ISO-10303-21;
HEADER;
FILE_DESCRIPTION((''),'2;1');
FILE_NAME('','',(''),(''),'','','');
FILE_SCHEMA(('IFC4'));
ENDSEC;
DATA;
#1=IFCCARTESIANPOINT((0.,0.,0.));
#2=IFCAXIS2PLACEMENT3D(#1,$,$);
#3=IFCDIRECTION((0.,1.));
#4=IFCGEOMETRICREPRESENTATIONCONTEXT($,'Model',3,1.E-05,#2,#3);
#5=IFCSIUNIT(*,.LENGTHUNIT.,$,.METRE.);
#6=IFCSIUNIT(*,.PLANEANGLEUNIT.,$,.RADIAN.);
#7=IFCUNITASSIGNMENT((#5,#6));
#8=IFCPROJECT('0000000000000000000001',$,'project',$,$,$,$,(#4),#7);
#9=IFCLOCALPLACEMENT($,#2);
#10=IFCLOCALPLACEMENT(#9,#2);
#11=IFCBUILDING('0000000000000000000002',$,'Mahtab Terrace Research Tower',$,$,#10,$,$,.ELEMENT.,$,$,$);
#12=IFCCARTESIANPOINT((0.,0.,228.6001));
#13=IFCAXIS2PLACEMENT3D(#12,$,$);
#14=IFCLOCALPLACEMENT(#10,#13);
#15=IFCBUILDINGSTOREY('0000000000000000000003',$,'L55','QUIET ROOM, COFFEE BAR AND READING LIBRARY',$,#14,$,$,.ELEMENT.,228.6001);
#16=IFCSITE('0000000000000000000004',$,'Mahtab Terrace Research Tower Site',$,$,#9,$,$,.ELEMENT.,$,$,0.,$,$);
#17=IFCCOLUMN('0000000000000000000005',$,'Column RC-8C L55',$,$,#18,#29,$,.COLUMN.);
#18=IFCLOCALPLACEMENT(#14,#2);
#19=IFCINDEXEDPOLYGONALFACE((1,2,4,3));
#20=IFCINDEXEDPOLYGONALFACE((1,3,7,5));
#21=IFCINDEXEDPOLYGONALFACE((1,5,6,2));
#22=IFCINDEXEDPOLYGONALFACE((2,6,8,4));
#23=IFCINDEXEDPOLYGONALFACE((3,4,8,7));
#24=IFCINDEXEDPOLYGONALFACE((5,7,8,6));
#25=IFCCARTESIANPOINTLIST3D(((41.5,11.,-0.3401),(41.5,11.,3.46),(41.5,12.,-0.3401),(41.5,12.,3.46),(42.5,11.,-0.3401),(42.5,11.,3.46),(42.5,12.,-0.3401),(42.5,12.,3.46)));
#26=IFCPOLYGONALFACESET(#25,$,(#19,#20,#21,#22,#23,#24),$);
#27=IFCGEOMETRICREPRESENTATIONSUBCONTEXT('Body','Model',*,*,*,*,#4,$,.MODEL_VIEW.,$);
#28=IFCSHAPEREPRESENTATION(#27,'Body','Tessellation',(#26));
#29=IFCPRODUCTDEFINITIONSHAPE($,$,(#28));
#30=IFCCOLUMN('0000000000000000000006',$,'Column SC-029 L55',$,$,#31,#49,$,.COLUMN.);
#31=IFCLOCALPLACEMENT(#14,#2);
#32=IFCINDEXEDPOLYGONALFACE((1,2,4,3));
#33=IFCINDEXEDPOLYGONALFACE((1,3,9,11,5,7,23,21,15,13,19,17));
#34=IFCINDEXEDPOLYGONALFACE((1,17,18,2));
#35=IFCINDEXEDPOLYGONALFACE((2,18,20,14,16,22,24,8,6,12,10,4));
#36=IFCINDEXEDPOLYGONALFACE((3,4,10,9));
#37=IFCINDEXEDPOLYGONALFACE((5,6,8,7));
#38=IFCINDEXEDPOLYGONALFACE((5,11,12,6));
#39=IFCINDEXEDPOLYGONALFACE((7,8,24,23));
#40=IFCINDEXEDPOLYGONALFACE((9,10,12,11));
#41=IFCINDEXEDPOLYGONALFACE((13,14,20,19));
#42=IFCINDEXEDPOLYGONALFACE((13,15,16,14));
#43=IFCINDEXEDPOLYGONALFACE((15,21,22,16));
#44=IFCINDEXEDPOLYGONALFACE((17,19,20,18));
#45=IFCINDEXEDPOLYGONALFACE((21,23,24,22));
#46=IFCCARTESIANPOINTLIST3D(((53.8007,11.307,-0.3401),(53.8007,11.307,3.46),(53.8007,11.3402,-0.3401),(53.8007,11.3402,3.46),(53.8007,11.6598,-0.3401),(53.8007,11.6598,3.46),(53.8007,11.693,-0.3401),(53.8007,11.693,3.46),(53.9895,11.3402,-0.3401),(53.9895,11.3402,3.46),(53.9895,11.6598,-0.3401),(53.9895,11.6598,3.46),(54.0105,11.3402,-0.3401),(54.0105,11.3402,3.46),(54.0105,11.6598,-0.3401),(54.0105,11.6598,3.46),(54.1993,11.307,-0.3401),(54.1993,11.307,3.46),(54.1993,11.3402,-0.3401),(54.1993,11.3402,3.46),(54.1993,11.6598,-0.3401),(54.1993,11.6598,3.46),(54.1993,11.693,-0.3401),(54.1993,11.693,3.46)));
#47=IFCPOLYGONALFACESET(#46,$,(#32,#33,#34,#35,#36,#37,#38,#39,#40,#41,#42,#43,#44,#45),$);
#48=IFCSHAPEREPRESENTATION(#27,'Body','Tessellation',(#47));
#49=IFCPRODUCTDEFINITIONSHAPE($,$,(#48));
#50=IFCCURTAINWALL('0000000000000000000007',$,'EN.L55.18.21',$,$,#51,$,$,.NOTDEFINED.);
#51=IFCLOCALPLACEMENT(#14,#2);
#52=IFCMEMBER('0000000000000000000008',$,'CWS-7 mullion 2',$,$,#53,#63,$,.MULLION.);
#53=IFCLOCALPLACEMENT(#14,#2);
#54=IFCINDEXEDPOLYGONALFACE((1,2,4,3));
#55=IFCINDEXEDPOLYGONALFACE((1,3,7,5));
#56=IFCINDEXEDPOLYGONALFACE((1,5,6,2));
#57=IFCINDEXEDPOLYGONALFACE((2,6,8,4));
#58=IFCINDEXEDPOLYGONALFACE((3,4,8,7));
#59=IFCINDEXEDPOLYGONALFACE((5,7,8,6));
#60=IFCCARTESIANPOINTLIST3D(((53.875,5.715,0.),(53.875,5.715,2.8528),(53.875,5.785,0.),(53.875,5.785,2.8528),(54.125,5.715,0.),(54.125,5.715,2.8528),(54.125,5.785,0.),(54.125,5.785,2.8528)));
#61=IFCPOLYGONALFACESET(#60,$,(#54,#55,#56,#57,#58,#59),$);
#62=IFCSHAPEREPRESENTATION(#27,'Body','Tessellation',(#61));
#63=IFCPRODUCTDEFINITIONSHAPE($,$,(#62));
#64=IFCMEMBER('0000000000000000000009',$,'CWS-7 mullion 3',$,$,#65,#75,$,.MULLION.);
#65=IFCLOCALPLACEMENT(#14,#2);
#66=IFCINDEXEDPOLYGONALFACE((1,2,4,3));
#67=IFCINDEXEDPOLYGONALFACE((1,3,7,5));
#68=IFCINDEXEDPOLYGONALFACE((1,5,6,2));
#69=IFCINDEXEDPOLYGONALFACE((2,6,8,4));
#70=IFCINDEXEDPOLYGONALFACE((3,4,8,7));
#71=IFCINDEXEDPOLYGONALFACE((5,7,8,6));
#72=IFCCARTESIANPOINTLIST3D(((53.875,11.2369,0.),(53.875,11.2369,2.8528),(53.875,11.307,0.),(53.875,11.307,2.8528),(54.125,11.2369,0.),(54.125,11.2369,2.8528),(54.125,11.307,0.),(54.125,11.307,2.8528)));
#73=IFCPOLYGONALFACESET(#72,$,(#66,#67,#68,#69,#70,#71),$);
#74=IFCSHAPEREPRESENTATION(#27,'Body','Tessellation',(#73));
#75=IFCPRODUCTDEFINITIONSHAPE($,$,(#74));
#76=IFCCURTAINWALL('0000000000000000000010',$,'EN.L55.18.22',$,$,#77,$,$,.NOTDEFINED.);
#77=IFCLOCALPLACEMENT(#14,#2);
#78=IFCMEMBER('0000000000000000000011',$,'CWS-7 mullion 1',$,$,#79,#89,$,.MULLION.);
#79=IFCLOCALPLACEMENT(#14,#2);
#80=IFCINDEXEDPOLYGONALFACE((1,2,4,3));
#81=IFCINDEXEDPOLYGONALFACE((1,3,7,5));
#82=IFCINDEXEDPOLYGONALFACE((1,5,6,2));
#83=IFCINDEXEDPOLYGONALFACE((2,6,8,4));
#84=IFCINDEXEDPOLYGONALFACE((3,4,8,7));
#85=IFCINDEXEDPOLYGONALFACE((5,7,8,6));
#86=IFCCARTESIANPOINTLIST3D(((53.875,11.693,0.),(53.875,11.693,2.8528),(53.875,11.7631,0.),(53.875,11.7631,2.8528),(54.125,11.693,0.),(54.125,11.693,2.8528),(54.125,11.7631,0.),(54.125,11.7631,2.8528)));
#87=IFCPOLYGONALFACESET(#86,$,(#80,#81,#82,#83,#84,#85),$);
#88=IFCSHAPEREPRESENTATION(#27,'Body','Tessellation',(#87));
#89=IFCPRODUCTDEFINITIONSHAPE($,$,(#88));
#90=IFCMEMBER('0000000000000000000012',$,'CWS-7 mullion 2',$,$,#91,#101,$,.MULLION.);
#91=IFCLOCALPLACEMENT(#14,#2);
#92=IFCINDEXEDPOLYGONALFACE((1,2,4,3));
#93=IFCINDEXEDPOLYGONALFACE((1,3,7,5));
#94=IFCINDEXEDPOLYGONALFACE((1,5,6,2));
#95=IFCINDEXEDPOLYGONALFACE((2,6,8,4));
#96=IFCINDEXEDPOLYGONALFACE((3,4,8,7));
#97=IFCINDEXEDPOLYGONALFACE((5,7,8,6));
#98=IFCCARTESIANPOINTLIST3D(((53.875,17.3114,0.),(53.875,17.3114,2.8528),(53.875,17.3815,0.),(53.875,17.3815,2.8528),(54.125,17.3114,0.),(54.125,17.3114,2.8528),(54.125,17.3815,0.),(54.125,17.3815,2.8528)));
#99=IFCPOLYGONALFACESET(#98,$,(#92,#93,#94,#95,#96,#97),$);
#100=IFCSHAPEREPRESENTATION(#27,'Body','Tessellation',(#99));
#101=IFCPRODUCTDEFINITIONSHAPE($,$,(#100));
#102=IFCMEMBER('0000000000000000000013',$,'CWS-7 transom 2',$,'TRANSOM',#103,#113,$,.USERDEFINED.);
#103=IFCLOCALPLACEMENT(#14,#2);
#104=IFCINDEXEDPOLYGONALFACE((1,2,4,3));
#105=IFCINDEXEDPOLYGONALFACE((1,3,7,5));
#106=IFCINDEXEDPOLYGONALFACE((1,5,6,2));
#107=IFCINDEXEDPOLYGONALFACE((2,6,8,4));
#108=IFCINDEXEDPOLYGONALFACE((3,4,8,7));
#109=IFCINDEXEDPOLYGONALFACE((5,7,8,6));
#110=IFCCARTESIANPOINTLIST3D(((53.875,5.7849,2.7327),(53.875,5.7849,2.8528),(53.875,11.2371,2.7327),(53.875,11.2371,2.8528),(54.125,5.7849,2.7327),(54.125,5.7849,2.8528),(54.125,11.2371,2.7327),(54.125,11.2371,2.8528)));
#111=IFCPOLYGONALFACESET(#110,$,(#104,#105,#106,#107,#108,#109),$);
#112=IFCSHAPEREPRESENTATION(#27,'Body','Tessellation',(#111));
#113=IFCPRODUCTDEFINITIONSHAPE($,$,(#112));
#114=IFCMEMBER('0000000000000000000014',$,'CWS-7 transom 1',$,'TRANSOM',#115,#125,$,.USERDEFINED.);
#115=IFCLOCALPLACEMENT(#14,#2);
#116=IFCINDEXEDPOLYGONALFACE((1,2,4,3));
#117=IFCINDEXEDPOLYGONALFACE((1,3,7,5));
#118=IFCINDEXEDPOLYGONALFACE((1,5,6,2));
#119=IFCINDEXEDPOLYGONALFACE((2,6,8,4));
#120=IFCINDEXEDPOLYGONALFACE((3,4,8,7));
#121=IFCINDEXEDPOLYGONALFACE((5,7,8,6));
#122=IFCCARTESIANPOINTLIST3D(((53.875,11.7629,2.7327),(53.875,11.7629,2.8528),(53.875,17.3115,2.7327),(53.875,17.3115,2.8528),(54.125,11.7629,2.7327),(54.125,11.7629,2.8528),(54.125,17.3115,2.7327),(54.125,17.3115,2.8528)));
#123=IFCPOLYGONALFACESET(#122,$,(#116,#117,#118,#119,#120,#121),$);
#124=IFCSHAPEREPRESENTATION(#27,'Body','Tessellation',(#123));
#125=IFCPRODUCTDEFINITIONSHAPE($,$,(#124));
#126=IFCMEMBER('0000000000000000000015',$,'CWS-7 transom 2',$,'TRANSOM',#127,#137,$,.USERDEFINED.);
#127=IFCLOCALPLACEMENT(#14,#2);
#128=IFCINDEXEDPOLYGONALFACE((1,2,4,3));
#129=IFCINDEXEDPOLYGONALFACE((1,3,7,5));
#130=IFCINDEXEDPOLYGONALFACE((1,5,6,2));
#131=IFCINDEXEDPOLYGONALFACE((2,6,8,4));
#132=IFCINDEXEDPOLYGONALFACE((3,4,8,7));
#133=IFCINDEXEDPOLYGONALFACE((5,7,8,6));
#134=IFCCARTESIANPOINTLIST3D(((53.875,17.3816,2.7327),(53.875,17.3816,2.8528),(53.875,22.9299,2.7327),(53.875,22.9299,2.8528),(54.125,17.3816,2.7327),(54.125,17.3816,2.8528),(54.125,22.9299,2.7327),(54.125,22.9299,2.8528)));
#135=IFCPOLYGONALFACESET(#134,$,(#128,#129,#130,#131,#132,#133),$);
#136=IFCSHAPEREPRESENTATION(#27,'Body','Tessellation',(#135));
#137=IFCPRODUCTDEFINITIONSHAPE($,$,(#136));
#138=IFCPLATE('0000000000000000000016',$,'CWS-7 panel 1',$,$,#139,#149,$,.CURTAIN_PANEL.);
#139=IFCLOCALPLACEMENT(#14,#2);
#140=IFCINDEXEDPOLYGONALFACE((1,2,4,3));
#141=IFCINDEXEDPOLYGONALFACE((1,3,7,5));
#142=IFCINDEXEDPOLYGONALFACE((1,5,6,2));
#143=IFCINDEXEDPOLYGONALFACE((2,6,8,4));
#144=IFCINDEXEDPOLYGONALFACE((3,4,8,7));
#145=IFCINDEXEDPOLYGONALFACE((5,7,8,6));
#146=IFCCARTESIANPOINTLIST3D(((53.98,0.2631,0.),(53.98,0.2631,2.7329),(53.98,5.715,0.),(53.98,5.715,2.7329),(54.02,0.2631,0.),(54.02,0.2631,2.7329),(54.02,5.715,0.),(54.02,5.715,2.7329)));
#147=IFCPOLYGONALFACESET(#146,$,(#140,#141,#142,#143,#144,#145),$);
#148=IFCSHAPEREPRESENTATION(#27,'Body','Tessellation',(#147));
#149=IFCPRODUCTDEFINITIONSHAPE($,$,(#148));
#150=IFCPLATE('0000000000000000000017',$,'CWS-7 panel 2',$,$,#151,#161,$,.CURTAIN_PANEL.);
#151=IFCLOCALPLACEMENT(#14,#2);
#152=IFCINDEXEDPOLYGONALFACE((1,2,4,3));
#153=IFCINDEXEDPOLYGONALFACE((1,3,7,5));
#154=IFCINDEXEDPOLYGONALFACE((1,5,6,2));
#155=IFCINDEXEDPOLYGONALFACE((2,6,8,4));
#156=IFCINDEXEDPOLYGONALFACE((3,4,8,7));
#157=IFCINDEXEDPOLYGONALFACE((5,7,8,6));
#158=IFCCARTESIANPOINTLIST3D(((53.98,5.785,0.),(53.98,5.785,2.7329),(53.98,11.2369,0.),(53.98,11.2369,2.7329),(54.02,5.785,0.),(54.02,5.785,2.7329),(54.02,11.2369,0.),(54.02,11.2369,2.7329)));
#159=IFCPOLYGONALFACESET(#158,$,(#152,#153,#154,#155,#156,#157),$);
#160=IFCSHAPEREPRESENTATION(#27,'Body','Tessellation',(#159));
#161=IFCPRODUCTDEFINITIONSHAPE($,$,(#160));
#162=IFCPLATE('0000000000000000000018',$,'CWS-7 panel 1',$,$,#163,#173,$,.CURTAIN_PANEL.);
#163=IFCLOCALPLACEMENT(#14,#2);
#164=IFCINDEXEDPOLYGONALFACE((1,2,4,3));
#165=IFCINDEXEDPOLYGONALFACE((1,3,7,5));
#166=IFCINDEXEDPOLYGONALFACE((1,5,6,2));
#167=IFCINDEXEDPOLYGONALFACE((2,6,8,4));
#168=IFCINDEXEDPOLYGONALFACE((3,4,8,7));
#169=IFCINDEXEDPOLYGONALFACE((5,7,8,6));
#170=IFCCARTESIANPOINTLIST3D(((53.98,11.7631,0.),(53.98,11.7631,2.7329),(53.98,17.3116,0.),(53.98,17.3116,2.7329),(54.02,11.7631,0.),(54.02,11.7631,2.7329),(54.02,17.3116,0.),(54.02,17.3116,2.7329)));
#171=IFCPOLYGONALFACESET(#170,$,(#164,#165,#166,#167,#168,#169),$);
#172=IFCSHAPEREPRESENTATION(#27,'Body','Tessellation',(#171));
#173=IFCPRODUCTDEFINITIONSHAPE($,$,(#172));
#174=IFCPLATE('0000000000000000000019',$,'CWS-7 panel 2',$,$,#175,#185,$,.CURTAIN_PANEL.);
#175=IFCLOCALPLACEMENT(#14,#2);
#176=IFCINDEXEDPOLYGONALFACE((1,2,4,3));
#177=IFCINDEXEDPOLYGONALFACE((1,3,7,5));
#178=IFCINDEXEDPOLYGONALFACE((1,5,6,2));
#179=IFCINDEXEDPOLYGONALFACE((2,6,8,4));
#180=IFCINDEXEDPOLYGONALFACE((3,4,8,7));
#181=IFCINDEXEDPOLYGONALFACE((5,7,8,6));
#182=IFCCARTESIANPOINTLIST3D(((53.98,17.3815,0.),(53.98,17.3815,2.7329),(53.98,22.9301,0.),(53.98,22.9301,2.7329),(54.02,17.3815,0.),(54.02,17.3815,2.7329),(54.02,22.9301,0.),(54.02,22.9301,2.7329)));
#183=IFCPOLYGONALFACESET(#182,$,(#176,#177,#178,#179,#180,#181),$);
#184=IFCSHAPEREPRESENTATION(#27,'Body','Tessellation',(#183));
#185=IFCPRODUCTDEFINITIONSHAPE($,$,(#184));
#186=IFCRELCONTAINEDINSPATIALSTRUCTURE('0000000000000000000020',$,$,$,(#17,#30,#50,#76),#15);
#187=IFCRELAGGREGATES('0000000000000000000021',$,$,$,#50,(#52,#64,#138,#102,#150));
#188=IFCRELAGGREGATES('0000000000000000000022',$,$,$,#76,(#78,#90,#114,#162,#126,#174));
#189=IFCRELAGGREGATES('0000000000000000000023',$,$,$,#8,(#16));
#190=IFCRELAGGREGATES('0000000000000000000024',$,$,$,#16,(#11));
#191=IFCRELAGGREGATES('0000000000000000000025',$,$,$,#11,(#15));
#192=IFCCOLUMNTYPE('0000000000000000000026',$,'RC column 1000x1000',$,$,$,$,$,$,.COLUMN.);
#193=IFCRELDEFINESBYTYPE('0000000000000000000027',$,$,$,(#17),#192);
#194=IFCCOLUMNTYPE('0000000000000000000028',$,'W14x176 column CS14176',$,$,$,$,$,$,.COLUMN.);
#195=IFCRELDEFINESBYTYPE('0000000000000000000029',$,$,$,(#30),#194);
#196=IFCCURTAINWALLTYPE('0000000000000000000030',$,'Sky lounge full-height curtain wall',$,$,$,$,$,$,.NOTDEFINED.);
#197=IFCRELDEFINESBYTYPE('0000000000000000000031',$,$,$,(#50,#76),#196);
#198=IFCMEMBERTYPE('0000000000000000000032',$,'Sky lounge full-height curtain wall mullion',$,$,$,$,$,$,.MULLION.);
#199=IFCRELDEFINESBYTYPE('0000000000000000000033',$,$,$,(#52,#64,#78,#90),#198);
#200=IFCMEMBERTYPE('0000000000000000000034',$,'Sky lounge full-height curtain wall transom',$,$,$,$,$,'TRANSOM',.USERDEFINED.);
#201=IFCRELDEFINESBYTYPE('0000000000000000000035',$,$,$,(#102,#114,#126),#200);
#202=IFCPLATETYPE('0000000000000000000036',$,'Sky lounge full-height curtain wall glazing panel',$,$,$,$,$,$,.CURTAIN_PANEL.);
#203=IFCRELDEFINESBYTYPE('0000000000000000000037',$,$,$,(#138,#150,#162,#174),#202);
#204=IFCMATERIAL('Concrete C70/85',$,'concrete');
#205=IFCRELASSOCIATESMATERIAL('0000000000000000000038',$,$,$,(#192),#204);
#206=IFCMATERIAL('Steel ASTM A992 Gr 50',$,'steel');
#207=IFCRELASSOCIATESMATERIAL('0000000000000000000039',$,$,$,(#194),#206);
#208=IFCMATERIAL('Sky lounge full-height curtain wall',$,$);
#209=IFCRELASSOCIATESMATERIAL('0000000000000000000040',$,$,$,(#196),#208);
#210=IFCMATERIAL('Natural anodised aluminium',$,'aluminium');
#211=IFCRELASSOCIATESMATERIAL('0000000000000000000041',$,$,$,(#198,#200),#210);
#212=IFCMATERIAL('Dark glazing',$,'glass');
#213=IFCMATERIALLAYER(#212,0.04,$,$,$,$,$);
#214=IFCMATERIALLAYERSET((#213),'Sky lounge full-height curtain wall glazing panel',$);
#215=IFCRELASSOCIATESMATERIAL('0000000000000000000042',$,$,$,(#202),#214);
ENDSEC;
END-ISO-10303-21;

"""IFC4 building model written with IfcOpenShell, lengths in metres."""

from ifc_helpers import new_model, si_unit, direction, frame, origin, origin_2d, place, context, subcontext, project, spatial, rectangle, i_section, extrude, material, layer, layer_set, material_profile, profile_set, type_object, element, aggregate, save


model = new_model("IFC4")

# Units and contexts
model_context = context("Model", 3, precision=1e-05, world=origin(), true_north=direction((0.0, 1.0)))
body_context = subcontext(model_context, "Body", "Model", "MODEL_VIEW")
ifc_project = project(units=[si_unit("LENGTHUNIT", "METRE"), si_unit("PLANEANGLEUNIT", "RADIAN")], contexts=[model_context])

# Site, building, storey
site_placement = place(None, origin())
site = spatial("IfcSite", under=ifc_project, at=site_placement, Name="Mahtab Terrace Research Tower Site", CompositionType="ELEMENT", RefElevation=0.0)
building_placement = place(site_placement, origin())
building = spatial("IfcBuilding", under=site, at=building_placement, Name="Mahtab Terrace Research Tower", CompositionType="ELEMENT")
storey_placement = place(building_placement, frame((0.0, 0.0, 228.6001)))
storey = spatial("IfcBuildingStorey", under=building, at=storey_placement, Name="L55", Description="QUIET ROOM, COFFEE BAR AND READING LIBRARY", CompositionType="ELEMENT", Elevation=228.6001)

# Columns
ifc_material_1 = material(Name="Concrete C70/85", Category="concrete")
ifc_material_profile_1 = material_profile(ifc_material_1, rectangle(XDim=1.0, YDim=1.0, at=origin_2d()), Name="RC column 1000x1000")
ifc_profile_set_1 = profile_set([ifc_material_profile_1], Name="Concrete C70/85")
column_type_1 = type_object("IfcColumnType", Name="RC column 1000x1000", PredefinedType="COLUMN", material=ifc_profile_set_1)
column_1_placement = place(storey_placement, frame((42.0, 11.5, -0.3401), z_axis=(0.0, 0.0, 1.0), x_axis=(1.0, 0.0, 0.0)))
element("IfcColumn", 1, at=column_1_placement, inside=storey, type_object=column_type_1, Name="Column RC-8C L55", PredefinedType="COLUMN", context=body_context, shape_type="SweptSolid", body=[
    extrude(rectangle(XDim=1.0, YDim=1.0, at=origin_2d()), origin(), (0.0, 0.0, 1.0), 3.8),
])
ifc_material_2 = material(Name="Steel ASTM A992 Gr 50", Category="steel")
ifc_material_profile_2 = material_profile(ifc_material_2, i_section(OverallWidth=0.3987, OverallDepth=0.386, WebThickness=0.021, FlangeThickness=0.0332, at=origin_2d()), Name="W14X176")
ifc_profile_set_2 = profile_set([ifc_material_profile_2], Name="Steel ASTM A992 Gr 50")
column_type_2 = type_object("IfcColumnType", Name="W14x176 column CS14176", PredefinedType="COLUMN", material=ifc_profile_set_2)
column_2_placement = place(storey_placement, frame((54.0, 11.5, -0.3401), z_axis=(0.0, 0.0, 1.0), x_axis=(1.0, 0.0, 0.0)))
element("IfcColumn", 2, at=column_2_placement, inside=storey, type_object=column_type_2, Name="Column SC-029 L55", PredefinedType="COLUMN", context=body_context, shape_type="SweptSolid", body=[
    extrude(i_section(OverallWidth=0.3987, OverallDepth=0.386, WebThickness=0.021, FlangeThickness=0.0332, at=origin_2d()), origin(), (0.0, 0.0, 1.0), 3.8),
])

# Curtain walls, members
ifc_material_3 = material(Name="Sky lounge full-height curtain wall")
curtain_wall_type = type_object("IfcCurtainWallType", Name="Sky lounge full-height curtain wall", PredefinedType="NOTDEFINED", material=ifc_material_3)
curtain_wall_1_placement = place(storey_placement, origin())
curtain_wall_1 = element("IfcCurtainWall", 3, at=curtain_wall_1_placement, inside=storey, type_object=curtain_wall_type, Name="EN.L55.18.21", PredefinedType="NOTDEFINED")
ifc_material_4 = material(Name="Natural anodised aluminium", Category="aluminium")
ifc_material_profile_3 = material_profile(ifc_material_4, rectangle(XDim=0.25, YDim=0.0701, at=origin_2d()), Name="MULLION 70x250")
ifc_profile_set_3 = profile_set([ifc_material_profile_3], Name="Natural anodised aluminium")
member_type_1 = type_object("IfcMemberType", Name="Sky lounge full-height curtain wall mullion", PredefinedType="MULLION", material=ifc_profile_set_3)
member_1_placement = place(storey_placement, frame((54.0, 5.75, 0.0), z_axis=(0.0, 0.0, 1.0), x_axis=(-1.0, 0.0, 0.0)))
member_1 = element("IfcMember", 4, at=member_1_placement, type_object=member_type_1, Name="CWS-7 mullion 2", PredefinedType="MULLION", context=body_context, shape_type="SweptSolid", body=[
    extrude(rectangle(XDim=0.25, YDim=0.0701, at=origin_2d()), origin(), (0.0, 0.0, 1.0), 2.8528),
])
member_2_placement = place(storey_placement, frame((54.0, 11.272, 0.0), z_axis=(0.0, 0.0, 1.0), x_axis=(-1.0, 0.0, 0.0)))
member_2 = element("IfcMember", 5, at=member_2_placement, type_object=member_type_1, Name="CWS-7 mullion 3", PredefinedType="MULLION", context=body_context, shape_type="SweptSolid", body=[
    extrude(rectangle(XDim=0.25, YDim=0.0701, at=origin_2d()), origin(), (0.0, 0.0, 1.0), 2.8528),
])
curtain_wall_2_placement = place(storey_placement, origin())
curtain_wall_2 = element("IfcCurtainWall", 6, at=curtain_wall_2_placement, inside=storey, type_object=curtain_wall_type, Name="EN.L55.18.22", PredefinedType="NOTDEFINED")
member_3_placement = place(storey_placement, frame((54.0, 11.728, 0.0), z_axis=(0.0, 0.0, 1.0), x_axis=(-1.0, 0.0, 0.0)))
member_3 = element("IfcMember", 7, at=member_3_placement, type_object=member_type_1, Name="CWS-7 mullion 1", PredefinedType="MULLION", context=body_context, shape_type="SweptSolid", body=[
    extrude(rectangle(XDim=0.25, YDim=0.0701, at=origin_2d()), origin(), (0.0, 0.0, 1.0), 2.8528),
])
member_4_placement = place(storey_placement, frame((54.0, 17.3464, 0.0), z_axis=(0.0, 0.0, 1.0), x_axis=(-1.0, 0.0, 0.0)))
member_4 = element("IfcMember", 8, at=member_4_placement, type_object=member_type_1, Name="CWS-7 mullion 2", PredefinedType="MULLION", context=body_context, shape_type="SweptSolid", body=[
    extrude(rectangle(XDim=0.25, YDim=0.0701, at=origin_2d()), origin(), (0.0, 0.0, 1.0), 2.8528),
])

# Members
ifc_material_profile_4 = material_profile(ifc_material_4, rectangle(XDim=0.25, YDim=0.1201, at=origin_2d()), Name="TRANSOM 120x250")
ifc_profile_set_4 = profile_set([ifc_material_profile_4], Name="Natural anodised aluminium")
member_type_2 = type_object("IfcMemberType", Name="Sky lounge full-height curtain wall transom", ElementType="TRANSOM", PredefinedType="USERDEFINED", material=ifc_profile_set_4)
member_5_placement = place(storey_placement, frame((54.0, 5.7849, 2.7927), z_axis=(0.0, 1.0, 0.0), x_axis=(-1.0, 0.0, 0.0)))
member_5 = element("IfcMember", 9, at=member_5_placement, type_object=member_type_2, Name="CWS-7 transom 2", ObjectType="TRANSOM", PredefinedType="USERDEFINED", context=body_context, shape_type="SweptSolid", body=[
    extrude(rectangle(XDim=0.25, YDim=0.1201, at=origin_2d()), origin(), (0.0, 0.0, 1.0), 5.4521),
])
member_6_placement = place(storey_placement, frame((54.0, 11.7629, 2.7927), z_axis=(0.0, 1.0, 0.0), x_axis=(-1.0, 0.0, 0.0)))
member_6 = element("IfcMember", 10, at=member_6_placement, type_object=member_type_2, Name="CWS-7 transom 1", ObjectType="TRANSOM", PredefinedType="USERDEFINED", context=body_context, shape_type="SweptSolid", body=[
    extrude(rectangle(XDim=0.25, YDim=0.1201, at=origin_2d()), origin(), (0.0, 0.0, 1.0), 5.5486),
])
member_7_placement = place(storey_placement, frame((54.0, 17.3816, 2.7927), z_axis=(0.0, 1.0, 0.0), x_axis=(-1.0, 0.0, 0.0)))
member_7 = element("IfcMember", 11, at=member_7_placement, type_object=member_type_2, Name="CWS-7 transom 2", ObjectType="TRANSOM", PredefinedType="USERDEFINED", context=body_context, shape_type="SweptSolid", body=[
    extrude(rectangle(XDim=0.25, YDim=0.1201, at=origin_2d()), origin(), (0.0, 0.0, 1.0), 5.5483),
])

# Plates
ifc_material_5 = material(Name="Dark glazing", Category="glass")
ifc_layer_1 = layer(ifc_material_5, 0.04)
ifc_layer_set_1 = layer_set([ifc_layer_1], Name="Sky lounge full-height curtain wall glazing panel")
plate_type = type_object("IfcPlateType", Name="Sky lounge full-height curtain wall glazing panel", PredefinedType="CURTAIN_PANEL", material=ifc_layer_set_1)
plate_1_placement = place(storey_placement, frame((54.0, 2.989, 0.0), z_axis=(0.0, 0.0, 1.0), x_axis=(0.0, 1.0, 0.0)))
plate_1 = element("IfcPlate", 12, at=plate_1_placement, type_object=plate_type, Name="CWS-7 panel 1", PredefinedType="CURTAIN_PANEL", context=body_context, shape_type="SweptSolid", body=[
    extrude(rectangle(XDim=5.4519, YDim=0.04, at=origin_2d()), origin(), (0.0, 0.0, 1.0), 2.7329),
])
plate_2_placement = place(storey_placement, frame((54.0, 8.511, 0.0), z_axis=(0.0, 0.0, 1.0), x_axis=(0.0, 1.0, 0.0)))
plate_2 = element("IfcPlate", 13, at=plate_2_placement, type_object=plate_type, Name="CWS-7 panel 2", PredefinedType="CURTAIN_PANEL", context=body_context, shape_type="SweptSolid", body=[
    extrude(rectangle(XDim=5.4519, YDim=0.04, at=origin_2d()), origin(), (0.0, 0.0, 1.0), 2.7329),
])
aggregate(curtain_wall_1, [member_1, member_2, plate_1, member_5, plate_2])
plate_3_placement = place(storey_placement, frame((54.0, 14.5374, 0.0), z_axis=(0.0, 0.0, 1.0), x_axis=(0.0, 1.0, 0.0)))
plate_3 = element("IfcPlate", 14, at=plate_3_placement, type_object=plate_type, Name="CWS-7 panel 1", PredefinedType="CURTAIN_PANEL", context=body_context, shape_type="SweptSolid", body=[
    extrude(rectangle(XDim=5.5486, YDim=0.04, at=origin_2d()), origin(), (0.0, 0.0, 1.0), 2.7329),
])
plate_4_placement = place(storey_placement, frame((54.0, 20.1558, 0.0), z_axis=(0.0, 0.0, 1.0), x_axis=(0.0, 1.0, 0.0)))
plate_4 = element("IfcPlate", 15, at=plate_4_placement, type_object=plate_type, Name="CWS-7 panel 2", PredefinedType="CURTAIN_PANEL", context=body_context, shape_type="SweptSolid", body=[
    extrude(rectangle(XDim=5.5486, YDim=0.04, at=origin_2d()), origin(), (0.0, 0.0, 1.0), 2.7329),
])
aggregate(curtain_wall_2, [member_3, member_4, member_6, plate_3, member_7, plate_4])

save(model, "model.ifc")
